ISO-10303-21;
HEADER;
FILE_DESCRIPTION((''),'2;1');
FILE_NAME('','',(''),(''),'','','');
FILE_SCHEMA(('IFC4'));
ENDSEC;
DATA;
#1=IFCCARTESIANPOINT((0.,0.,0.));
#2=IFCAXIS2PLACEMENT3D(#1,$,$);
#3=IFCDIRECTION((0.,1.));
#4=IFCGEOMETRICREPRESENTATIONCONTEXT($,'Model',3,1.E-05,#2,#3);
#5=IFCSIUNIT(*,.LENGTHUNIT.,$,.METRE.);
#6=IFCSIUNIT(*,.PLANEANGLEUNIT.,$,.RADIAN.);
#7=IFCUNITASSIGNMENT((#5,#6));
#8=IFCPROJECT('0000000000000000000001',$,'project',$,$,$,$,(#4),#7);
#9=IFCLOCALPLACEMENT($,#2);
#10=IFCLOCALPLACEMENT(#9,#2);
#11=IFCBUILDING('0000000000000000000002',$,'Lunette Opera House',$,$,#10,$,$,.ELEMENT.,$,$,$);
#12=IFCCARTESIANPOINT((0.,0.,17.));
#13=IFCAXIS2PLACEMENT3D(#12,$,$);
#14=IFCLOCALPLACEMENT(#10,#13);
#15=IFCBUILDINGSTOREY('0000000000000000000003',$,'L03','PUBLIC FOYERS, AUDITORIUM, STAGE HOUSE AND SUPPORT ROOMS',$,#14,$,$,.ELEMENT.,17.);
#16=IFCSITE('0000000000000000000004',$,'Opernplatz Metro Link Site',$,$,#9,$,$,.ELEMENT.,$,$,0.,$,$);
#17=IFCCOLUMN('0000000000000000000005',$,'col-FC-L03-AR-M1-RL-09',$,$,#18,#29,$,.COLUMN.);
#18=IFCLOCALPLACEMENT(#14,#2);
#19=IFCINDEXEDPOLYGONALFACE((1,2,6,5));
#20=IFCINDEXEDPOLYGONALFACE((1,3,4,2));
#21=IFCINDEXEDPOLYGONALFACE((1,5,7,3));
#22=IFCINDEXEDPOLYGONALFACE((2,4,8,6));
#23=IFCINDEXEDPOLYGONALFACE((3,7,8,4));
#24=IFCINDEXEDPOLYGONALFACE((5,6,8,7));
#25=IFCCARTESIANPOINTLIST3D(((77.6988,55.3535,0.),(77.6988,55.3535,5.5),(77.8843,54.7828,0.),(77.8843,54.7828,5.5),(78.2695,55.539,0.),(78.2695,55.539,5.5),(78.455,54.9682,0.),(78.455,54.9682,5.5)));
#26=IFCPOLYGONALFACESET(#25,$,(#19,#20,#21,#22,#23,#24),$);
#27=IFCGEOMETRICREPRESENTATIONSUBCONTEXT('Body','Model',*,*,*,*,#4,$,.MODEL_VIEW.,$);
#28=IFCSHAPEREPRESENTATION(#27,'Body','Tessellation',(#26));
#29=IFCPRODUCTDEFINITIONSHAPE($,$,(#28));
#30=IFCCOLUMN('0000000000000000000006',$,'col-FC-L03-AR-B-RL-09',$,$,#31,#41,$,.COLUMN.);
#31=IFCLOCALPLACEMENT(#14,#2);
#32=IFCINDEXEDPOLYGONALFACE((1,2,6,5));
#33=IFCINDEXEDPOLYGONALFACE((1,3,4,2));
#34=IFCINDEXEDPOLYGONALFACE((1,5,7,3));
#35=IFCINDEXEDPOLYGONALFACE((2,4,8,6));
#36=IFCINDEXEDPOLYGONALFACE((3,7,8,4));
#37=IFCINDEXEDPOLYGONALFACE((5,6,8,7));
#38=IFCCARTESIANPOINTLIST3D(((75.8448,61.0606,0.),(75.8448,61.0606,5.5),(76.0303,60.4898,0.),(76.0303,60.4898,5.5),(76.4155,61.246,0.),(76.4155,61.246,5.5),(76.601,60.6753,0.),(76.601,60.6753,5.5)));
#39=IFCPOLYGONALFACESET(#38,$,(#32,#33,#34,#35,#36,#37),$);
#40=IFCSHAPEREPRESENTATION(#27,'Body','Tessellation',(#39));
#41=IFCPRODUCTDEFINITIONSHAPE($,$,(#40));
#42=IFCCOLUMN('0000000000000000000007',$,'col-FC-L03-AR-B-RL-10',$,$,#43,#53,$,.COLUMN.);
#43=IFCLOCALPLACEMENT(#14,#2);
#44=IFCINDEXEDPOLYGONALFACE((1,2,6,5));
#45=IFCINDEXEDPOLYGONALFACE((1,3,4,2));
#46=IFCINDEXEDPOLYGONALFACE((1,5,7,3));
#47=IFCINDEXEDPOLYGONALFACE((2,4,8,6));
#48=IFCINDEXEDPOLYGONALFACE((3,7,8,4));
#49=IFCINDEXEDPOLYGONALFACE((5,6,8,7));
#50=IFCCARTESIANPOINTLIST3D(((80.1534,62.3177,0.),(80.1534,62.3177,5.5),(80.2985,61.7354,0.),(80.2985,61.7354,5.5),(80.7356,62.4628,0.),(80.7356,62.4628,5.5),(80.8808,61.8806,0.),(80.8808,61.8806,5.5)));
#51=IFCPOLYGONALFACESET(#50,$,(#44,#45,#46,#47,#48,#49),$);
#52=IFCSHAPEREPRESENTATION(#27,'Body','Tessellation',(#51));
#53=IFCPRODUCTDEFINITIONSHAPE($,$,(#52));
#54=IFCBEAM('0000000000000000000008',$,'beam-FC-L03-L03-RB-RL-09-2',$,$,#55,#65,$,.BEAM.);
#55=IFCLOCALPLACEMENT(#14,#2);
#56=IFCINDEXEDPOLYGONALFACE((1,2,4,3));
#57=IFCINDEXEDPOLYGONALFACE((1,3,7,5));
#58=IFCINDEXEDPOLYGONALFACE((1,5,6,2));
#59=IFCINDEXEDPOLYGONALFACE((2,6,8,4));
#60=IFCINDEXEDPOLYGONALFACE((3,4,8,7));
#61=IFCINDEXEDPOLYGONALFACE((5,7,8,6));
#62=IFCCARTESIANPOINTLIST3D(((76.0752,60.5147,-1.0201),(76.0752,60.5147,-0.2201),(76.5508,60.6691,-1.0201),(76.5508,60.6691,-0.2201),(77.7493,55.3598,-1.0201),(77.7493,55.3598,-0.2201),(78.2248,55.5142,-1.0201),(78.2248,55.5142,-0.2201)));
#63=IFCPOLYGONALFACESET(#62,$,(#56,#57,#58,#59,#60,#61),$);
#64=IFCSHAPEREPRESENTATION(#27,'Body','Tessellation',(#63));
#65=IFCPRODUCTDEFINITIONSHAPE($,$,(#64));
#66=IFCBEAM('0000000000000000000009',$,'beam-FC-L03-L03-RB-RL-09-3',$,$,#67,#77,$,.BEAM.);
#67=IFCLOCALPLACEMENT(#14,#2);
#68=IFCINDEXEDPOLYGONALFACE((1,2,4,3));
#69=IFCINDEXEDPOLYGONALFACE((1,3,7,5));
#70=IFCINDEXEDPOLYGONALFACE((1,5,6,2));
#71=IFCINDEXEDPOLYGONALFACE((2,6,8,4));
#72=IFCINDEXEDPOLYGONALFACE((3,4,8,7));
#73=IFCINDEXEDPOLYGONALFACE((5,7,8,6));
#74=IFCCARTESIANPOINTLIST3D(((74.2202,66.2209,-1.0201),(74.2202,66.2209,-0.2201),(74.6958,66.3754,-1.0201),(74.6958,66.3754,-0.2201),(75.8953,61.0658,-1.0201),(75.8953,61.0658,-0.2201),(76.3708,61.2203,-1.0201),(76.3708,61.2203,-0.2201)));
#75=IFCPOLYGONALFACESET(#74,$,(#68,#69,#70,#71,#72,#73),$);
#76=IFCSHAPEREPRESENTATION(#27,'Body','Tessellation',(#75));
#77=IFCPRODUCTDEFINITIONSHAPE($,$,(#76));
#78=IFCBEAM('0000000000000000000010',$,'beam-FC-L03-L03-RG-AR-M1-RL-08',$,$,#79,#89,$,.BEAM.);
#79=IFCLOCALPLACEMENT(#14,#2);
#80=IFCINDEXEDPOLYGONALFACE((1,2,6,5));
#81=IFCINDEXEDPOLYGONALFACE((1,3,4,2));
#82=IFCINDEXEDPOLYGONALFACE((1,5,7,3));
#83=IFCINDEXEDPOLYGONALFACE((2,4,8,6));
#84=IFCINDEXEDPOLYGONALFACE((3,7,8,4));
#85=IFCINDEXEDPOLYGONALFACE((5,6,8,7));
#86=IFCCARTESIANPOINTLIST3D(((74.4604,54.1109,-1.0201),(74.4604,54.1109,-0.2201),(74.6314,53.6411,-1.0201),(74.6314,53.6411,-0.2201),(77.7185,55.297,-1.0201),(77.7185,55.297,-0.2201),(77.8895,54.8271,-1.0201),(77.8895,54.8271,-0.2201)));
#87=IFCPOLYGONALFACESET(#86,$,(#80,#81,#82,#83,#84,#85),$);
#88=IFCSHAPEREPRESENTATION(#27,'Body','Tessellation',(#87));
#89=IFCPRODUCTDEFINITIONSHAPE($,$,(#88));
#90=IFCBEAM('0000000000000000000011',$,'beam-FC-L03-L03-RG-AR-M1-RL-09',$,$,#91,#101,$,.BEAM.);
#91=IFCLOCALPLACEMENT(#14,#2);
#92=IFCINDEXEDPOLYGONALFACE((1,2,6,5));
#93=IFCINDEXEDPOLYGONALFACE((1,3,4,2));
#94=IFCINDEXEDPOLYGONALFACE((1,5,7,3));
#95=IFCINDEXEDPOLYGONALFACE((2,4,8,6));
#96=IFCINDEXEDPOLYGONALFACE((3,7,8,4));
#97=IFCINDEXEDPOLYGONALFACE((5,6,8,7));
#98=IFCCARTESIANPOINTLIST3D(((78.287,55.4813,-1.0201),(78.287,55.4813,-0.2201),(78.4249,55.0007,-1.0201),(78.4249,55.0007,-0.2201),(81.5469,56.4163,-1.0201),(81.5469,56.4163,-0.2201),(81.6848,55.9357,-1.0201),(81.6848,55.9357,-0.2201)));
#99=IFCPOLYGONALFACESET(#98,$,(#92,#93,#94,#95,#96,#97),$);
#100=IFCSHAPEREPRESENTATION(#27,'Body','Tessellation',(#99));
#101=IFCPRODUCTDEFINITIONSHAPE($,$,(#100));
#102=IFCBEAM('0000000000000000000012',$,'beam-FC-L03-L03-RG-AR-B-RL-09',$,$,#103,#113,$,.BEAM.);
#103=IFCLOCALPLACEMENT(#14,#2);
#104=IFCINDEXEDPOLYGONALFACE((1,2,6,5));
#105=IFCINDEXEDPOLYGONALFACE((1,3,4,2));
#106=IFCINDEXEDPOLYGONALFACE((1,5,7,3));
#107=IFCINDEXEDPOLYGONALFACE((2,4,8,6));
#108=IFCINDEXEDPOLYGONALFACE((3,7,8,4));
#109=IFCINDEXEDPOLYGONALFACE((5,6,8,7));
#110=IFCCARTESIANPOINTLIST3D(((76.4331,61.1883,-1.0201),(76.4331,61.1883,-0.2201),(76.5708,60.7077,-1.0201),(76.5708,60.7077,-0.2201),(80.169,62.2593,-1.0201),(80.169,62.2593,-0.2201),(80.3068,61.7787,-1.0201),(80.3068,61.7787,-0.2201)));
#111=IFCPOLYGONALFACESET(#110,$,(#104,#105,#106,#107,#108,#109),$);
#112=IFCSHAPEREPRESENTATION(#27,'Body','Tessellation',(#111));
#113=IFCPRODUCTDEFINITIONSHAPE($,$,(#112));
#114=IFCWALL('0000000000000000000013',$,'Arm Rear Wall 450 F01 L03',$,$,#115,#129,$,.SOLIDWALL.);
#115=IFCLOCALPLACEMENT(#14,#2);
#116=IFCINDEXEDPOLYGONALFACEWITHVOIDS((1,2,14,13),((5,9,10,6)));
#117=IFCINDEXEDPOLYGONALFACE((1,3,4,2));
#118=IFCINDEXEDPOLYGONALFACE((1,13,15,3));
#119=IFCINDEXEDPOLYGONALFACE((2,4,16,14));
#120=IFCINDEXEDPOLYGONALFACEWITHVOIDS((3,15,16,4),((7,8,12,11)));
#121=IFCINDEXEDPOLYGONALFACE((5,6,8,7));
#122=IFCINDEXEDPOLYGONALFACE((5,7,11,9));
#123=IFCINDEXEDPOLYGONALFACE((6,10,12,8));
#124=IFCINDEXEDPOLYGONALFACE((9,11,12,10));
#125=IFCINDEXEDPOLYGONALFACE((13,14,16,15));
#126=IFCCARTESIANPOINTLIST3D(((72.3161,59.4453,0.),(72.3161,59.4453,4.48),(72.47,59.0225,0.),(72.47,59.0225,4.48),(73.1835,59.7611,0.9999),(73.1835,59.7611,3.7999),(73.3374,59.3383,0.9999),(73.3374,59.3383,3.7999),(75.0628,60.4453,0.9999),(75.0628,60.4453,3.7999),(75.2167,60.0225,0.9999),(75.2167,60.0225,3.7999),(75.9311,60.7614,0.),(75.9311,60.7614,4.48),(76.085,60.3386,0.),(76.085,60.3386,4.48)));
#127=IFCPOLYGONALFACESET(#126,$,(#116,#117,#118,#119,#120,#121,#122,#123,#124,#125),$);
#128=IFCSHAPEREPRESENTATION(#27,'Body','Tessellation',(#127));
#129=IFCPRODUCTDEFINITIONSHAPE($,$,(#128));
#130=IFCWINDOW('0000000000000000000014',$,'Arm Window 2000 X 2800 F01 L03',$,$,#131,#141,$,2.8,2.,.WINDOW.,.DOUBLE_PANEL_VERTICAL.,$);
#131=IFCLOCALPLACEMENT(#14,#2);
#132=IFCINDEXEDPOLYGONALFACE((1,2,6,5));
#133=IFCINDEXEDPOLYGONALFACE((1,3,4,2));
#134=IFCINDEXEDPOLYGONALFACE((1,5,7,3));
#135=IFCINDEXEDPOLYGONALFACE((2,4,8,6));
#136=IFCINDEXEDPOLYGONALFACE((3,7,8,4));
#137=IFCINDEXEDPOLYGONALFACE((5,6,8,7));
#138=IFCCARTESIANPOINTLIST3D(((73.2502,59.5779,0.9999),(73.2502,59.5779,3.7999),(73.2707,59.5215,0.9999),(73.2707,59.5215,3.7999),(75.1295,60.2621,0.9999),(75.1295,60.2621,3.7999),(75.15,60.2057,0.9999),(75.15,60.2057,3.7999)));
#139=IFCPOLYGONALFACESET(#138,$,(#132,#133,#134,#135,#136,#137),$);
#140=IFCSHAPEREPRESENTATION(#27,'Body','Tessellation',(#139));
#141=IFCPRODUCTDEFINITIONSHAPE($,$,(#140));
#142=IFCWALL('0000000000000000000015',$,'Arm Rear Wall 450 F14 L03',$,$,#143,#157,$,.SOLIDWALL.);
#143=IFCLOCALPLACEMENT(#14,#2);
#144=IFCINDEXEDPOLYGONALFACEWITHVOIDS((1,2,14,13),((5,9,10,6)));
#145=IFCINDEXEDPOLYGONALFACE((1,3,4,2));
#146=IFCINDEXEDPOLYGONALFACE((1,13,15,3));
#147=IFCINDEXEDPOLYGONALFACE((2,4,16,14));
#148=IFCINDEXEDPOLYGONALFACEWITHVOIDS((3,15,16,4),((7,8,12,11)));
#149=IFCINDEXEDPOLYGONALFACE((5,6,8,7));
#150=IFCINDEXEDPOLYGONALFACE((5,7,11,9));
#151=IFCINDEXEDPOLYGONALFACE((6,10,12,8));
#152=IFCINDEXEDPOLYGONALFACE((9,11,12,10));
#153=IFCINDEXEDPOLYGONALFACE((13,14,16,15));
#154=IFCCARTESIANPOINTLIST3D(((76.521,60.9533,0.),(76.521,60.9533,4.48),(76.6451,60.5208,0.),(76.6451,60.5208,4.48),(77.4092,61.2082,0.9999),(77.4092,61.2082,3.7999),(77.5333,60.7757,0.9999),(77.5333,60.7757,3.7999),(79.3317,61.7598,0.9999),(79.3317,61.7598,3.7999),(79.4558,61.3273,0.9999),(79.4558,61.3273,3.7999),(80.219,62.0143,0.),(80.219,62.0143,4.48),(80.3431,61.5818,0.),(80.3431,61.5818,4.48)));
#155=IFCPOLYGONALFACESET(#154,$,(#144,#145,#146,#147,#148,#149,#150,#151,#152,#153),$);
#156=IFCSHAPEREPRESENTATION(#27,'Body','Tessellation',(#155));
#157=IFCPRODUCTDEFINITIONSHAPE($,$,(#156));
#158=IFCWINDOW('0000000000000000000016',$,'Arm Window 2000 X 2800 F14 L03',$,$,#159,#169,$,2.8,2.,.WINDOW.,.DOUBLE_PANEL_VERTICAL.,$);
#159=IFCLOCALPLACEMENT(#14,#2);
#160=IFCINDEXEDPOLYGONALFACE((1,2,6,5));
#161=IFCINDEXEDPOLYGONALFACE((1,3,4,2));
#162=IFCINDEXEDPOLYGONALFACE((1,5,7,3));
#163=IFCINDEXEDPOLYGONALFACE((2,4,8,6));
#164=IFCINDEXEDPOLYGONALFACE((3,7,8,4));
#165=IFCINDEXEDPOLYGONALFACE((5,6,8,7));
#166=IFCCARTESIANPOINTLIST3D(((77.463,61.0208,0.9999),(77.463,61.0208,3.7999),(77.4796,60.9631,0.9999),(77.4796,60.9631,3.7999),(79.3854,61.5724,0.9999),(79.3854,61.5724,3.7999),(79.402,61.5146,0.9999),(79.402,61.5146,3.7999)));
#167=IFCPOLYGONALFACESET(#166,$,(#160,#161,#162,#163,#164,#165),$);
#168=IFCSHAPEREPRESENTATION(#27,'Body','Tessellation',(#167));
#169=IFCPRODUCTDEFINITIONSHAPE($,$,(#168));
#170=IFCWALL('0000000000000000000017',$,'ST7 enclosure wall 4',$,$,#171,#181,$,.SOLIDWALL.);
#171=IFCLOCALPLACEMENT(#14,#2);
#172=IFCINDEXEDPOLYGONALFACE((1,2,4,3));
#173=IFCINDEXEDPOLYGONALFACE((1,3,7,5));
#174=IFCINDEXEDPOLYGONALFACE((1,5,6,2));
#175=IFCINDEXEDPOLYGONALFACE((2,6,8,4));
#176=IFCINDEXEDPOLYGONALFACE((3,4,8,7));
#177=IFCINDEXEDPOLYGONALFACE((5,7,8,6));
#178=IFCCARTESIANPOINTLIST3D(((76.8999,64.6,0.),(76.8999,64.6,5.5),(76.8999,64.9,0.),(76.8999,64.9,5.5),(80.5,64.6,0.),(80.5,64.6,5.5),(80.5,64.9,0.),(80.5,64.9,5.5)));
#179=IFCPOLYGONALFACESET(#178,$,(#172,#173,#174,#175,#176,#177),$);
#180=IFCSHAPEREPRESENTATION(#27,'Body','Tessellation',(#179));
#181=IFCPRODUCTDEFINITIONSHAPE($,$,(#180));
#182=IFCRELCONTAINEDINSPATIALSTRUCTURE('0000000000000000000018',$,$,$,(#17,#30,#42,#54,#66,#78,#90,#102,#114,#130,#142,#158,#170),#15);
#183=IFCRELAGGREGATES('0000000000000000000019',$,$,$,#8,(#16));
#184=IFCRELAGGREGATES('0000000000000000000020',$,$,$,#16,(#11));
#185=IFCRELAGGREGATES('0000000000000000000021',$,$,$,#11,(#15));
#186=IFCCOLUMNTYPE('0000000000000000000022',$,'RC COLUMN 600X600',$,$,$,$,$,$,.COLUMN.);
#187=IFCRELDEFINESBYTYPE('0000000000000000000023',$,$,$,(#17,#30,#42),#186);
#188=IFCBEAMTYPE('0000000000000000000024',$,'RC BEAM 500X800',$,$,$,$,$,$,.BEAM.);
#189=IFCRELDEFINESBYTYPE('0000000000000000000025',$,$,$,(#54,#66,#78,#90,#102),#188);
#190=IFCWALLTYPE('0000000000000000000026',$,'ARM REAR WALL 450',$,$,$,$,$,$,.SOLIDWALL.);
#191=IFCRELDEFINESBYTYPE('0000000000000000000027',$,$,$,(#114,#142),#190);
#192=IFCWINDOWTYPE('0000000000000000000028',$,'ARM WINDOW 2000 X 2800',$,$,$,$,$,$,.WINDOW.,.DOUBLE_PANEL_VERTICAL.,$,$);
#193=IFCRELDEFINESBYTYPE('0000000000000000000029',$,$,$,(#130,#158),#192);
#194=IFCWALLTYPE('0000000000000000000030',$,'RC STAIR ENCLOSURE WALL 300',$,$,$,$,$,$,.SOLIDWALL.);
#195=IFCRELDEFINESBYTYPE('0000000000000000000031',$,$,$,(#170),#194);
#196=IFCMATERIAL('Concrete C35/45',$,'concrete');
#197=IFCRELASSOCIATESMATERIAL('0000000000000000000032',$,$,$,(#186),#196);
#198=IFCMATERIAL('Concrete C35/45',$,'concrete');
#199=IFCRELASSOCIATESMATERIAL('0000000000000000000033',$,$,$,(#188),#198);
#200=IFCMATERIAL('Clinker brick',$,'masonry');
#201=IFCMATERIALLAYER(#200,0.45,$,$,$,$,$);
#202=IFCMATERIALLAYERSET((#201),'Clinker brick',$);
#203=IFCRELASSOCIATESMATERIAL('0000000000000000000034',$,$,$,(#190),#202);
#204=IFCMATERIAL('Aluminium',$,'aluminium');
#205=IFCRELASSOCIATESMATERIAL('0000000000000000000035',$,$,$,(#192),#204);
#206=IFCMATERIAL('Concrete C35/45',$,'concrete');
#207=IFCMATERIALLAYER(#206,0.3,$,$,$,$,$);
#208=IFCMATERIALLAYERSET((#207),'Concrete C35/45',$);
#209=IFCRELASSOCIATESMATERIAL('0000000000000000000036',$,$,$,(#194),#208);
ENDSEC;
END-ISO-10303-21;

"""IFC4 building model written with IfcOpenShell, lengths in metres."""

from ifc_helpers import new_model, si_unit, direction, frame, frame_2d, origin, origin_2d, place, context, subcontext, project, spatial, rectangle, extrude, material, layer, layer_set, material_profile, profile_set, type_object, element, fill, save


model = new_model("IFC4")

# Units and contexts
model_context = context("Model", 3, precision=1e-05, world=origin(), true_north=direction((0.0, 1.0)))
body_context = subcontext(model_context, "Body", "Model", "MODEL_VIEW")
ifc_project = project(units=[si_unit("LENGTHUNIT", "METRE"), si_unit("PLANEANGLEUNIT", "RADIAN")], contexts=[model_context])

# Site, building, storey
site_placement = place(None, origin())
site = spatial("IfcSite", under=ifc_project, at=site_placement, Name="Opernplatz Metro Link Site", CompositionType="ELEMENT", RefElevation=0.0)
building_placement = place(site_placement, origin())
building = spatial("IfcBuilding", under=site, at=building_placement, Name="Lunette Opera House", CompositionType="ELEMENT")
storey_placement = place(building_placement, frame((0.0, 0.0, 17.0)))
storey = spatial("IfcBuildingStorey", under=building, at=storey_placement, Name="L03", Description="PUBLIC FOYERS, AUDITORIUM, STAGE HOUSE AND SUPPORT ROOMS", CompositionType="ELEMENT", Elevation=17.0)

# Columns
ifc_material_1 = material(Name="Concrete C35/45", Category="concrete")
ifc_material_profile_1 = material_profile(ifc_material_1, rectangle(XDim=0.6001, YDim=0.6001, at=origin_2d()), Name="RC COLUMN 600X600")
ifc_profile_set_1 = profile_set([ifc_material_profile_1], Name="Concrete C35/45")
column_type = type_object("IfcColumnType", Name="RC COLUMN 600X600", PredefinedType="COLUMN", material=ifc_profile_set_1)
for number, where, z_axis, x_axis, name in (
    (1, (78.0769, 55.1609, 0.0), (0.0, 0.0, 1.0), (0.951057, 0.309017, 0.0), "col-FC-L03-AR-M1-RL-09"),
    (2, (76.2229, 60.8679, 0.0), (0.0, 0.0, 1.0), (0.951057, 0.309017, 0.0), "col-FC-L03-AR-B-RL-09"),
    (3, (80.5171, 62.0991, 0.0), (0.0, 0.0, 1.0), (0.970296, 0.241922, 0.0), "col-FC-L03-AR-B-RL-10"),
):
    element("IfcColumn", number, at=place(storey_placement, frame(where, z_axis=z_axis, x_axis=x_axis)), inside=storey, type_object=column_type, Name=name, PredefinedType="COLUMN", context=body_context, shape_type="SweptSolid", body=[
        extrude(rectangle(XDim=0.6001, YDim=0.6001, at=origin_2d()), origin(), (0.0, 0.0, 1.0), 5.5),
    ])

# Beams
ifc_material_2 = material(Name="Concrete C35/45", Category="concrete")
ifc_material_profile_2 = material_profile(ifc_material_2, rectangle(XDim=0.5, YDim=0.8, at=origin_2d()), Name="RC BEAM 500X800")
ifc_profile_set_2 = profile_set([ifc_material_profile_2], Name="Concrete C35/45")
beam_type = type_object("IfcBeamType", Name="RC BEAM 500X800", PredefinedType="BEAM", material=ifc_profile_set_2)
beam_1_placement = place(storey_placement, frame((77.9871, 55.437, -0.6201), z_axis=(-0.308867, 0.951105, 0.0), x_axis=(-0.951105, -0.308867, 0.0)))
element("IfcBeam", 4, at=beam_1_placement, inside=storey, type_object=beam_type, Name="beam-FC-L03-L03-RB-RL-09-2", PredefinedType="BEAM", context=body_context, shape_type="SweptSolid", body=[
    extrude(rectangle(XDim=0.5, YDim=0.8, at=origin_2d()), origin(), (0.0, 0.0, 1.0), 5.4199),
])
beam_2_placement = place(storey_placement, frame((76.1331, 61.1431, -0.6201), z_axis=(-0.30903, 0.951052, 0.0), x_axis=(-0.951052, -0.30903, 0.0)))
element("IfcBeam", 5, at=beam_2_placement, inside=storey, type_object=beam_type, Name="beam-FC-L03-L03-RB-RL-09-3", PredefinedType="BEAM", context=body_context, shape_type="SweptSolid", body=[
    extrude(rectangle(XDim=0.5, YDim=0.8, at=origin_2d()), origin(), (0.0, 0.0, 1.0), 5.4204),
])
beam_3_placement = place(storey_placement, frame((74.5459, 53.876, -0.6201), z_axis=(0.939674, 0.342071, 0.0), x_axis=(-0.342071, 0.939674, 0.0)))
element("IfcBeam", 6, at=beam_3_placement, inside=storey, type_object=beam_type, Name="beam-FC-L03-L03-RG-AR-M1-RL-08", PredefinedType="BEAM", context=body_context, shape_type="SweptSolid", body=[
    extrude(rectangle(XDim=0.5, YDim=0.8, at=origin_2d()), origin(), (0.0, 0.0, 1.0), 3.4673),
])
beam_4_placement = place(storey_placement, frame((78.356, 55.241, -0.6201), z_axis=(0.961241, 0.27571, 0.0), x_axis=(-0.27571, 0.961241, 0.0)))
element("IfcBeam", 7, at=beam_4_placement, inside=storey, type_object=beam_type, Name="beam-FC-L03-L03-RG-AR-M1-RL-09", PredefinedType="BEAM", context=body_context, shape_type="SweptSolid", body=[
    extrude(rectangle(XDim=0.5, YDim=0.8, at=origin_2d()), origin(), (0.0, 0.0, 1.0), 3.3914),
])
beam_5_placement = place(storey_placement, frame((76.502, 60.948, -0.6201), z_axis=(0.961279, 0.275576, 0.0), x_axis=(-0.275576, 0.961279, 0.0)))
element("IfcBeam", 8, at=beam_5_placement, inside=storey, type_object=beam_type, Name="beam-FC-L03-L03-RG-AR-B-RL-09", PredefinedType="BEAM", context=body_context, shape_type="SweptSolid", body=[
    extrude(rectangle(XDim=0.5, YDim=0.8, at=origin_2d()), origin(), (0.0, 0.0, 1.0), 3.8865),
])

# Walls, openings, windows
ifc_material_3 = material(Name="Clinker brick", Category="masonry")
ifc_layer_1 = layer(ifc_material_3, 0.45)
ifc_layer_set_1 = layer_set([ifc_layer_1], Name="Clinker brick")
wall_type_1 = type_object("IfcWallType", Name="ARM REAR WALL 450", PredefinedType="SOLIDWALL", material=ifc_layer_set_1)
wall_1_placement = place(storey_placement, frame((76.0081, 60.55, 0.0), z_axis=(0.0, 0.0, 1.0), x_axis=(-0.939658, -0.342115, 0.0)))
wall_1 = element("IfcWall", 9, at=wall_1_placement, inside=storey, type_object=wall_type_1, Name="Arm Rear Wall 450 F01 L03", PredefinedType="SOLIDWALL", context=body_context, shape_type="SweptSolid", body=[
    extrude(rectangle(XDim=3.8472, YDim=0.45, at=frame_2d((1.9236, 0.0))), origin(), (0.0, 0.0, 1.0), 4.48),
])
opening_1_placement = place(wall_1_placement, frame((0.9241, 0.0, 1.0)))
opening_1 = element("IfcOpeningElement", 10, at=opening_1_placement, cuts=wall_1, PredefinedType="OPENING", context=body_context, shape_type="SweptSolid", body=[
    extrude(rectangle(XDim=2.0, YDim=2.8, at=frame_2d((1.0, 1.3999))), frame((0.0, 0.2371, 0.0), z_axis=(0.0, -1.0, 0.0), x_axis=(1.0, 0.0, 0.0)), (0.0, 0.0, 1.0), 0.4739),
])
ifc_material_4 = material(Name="Aluminium", Category="aluminium")
window_type_1 = type_object("IfcWindowType", Name="ARM WINDOW 2000 X 2800", PartitioningType="DOUBLE_PANEL_VERTICAL", PredefinedType="WINDOW", material=ifc_material_4)
window_1_placement = place(opening_1_placement, origin())
window_1 = element("IfcWindow", 11, at=window_1_placement, inside=storey, type_object=window_type_1, Name="Arm Window 2000 X 2800 F01 L03", OverallHeight=2.8, OverallWidth=2.0, PartitioningType="DOUBLE_PANEL_VERTICAL", PredefinedType="WINDOW", context=body_context, shape_type="SweptSolid", body=[
    extrude(rectangle(XDim=2.0, YDim=2.8, at=frame_2d((1.0, 1.3999))), frame((0.0, 0.03, 0.0), z_axis=(0.0, -1.0, 0.0), x_axis=(1.0, 0.0, 0.0)), (0.0, 0.0, 1.0), 0.0601),
])
fill(opening_1, window_1)
wall_2_placement = place(storey_placement, frame((80.281, 61.7981, 0.0), z_axis=(0.0, 0.0, 1.0), x_axis=(-0.961217, -0.275794, 0.0)))
wall_2 = element("IfcWall", 12, at=wall_2_placement, inside=storey, type_object=wall_type_1, Name="Arm Rear Wall 450 F14 L03", PredefinedType="SOLIDWALL", context=body_context, shape_type="SweptSolid", body=[
    extrude(rectangle(XDim=3.8472, YDim=0.45, at=frame_2d((1.9236, 0.0))), origin(), (0.0, 0.0, 1.0), 4.48),
])
opening_2_placement = place(wall_2_placement, frame((0.9231, 0.0, 1.0)))
opening_2 = element("IfcOpeningElement", 13, at=opening_2_placement, cuts=wall_2, PredefinedType="OPENING", context=body_context, shape_type="SweptSolid", body=[
    extrude(rectangle(XDim=2.0, YDim=2.8, at=frame_2d((1.0, 1.3999))), frame((0.0, 0.2371, 0.0), z_axis=(0.0, -1.0, 0.0), x_axis=(1.0, 0.0, 0.0)), (0.0, 0.0, 1.0), 0.4739),
])
window_2_placement = place(opening_2_placement, origin())
window_2 = element("IfcWindow", 14, at=window_2_placement, inside=storey, type_object=window_type_1, Name="Arm Window 2000 X 2800 F14 L03", OverallHeight=2.8, OverallWidth=2.0, PartitioningType="DOUBLE_PANEL_VERTICAL", PredefinedType="WINDOW", context=body_context, shape_type="SweptSolid", body=[
    extrude(rectangle(XDim=2.0, YDim=2.8, at=frame_2d((1.0, 1.3999))), frame((0.0, 0.03, 0.0), z_axis=(0.0, -1.0, 0.0), x_axis=(1.0, 0.0, 0.0)), (0.0, 0.0, 1.0), 0.0601),
])
fill(opening_2, window_2)

# Wall
ifc_material_5 = material(Name="Concrete C35/45", Category="concrete")
ifc_layer_2 = layer(ifc_material_5, 0.3)
ifc_layer_set_2 = layer_set([ifc_layer_2], Name="Concrete C35/45")
wall_type_2 = type_object("IfcWallType", Name="RC STAIR ENCLOSURE WALL 300", PredefinedType="SOLIDWALL", material=ifc_layer_set_2)
wall_3_placement = place(storey_placement, frame((76.8999, 64.75, 0.0), z_axis=(0.0, 0.0, 1.0), x_axis=(1.0, 0.0, 0.0)))
element("IfcWall", 15, at=wall_3_placement, inside=storey, type_object=wall_type_2, Name="ST7 enclosure wall 4", PredefinedType="SOLIDWALL", context=body_context, shape_type="SweptSolid", body=[
    extrude(rectangle(XDim=3.6001, YDim=0.3, at=frame_2d((1.8, 0.0))), origin(), (0.0, 0.0, 1.0), 5.5),
])

save(model, "model.ifc")
